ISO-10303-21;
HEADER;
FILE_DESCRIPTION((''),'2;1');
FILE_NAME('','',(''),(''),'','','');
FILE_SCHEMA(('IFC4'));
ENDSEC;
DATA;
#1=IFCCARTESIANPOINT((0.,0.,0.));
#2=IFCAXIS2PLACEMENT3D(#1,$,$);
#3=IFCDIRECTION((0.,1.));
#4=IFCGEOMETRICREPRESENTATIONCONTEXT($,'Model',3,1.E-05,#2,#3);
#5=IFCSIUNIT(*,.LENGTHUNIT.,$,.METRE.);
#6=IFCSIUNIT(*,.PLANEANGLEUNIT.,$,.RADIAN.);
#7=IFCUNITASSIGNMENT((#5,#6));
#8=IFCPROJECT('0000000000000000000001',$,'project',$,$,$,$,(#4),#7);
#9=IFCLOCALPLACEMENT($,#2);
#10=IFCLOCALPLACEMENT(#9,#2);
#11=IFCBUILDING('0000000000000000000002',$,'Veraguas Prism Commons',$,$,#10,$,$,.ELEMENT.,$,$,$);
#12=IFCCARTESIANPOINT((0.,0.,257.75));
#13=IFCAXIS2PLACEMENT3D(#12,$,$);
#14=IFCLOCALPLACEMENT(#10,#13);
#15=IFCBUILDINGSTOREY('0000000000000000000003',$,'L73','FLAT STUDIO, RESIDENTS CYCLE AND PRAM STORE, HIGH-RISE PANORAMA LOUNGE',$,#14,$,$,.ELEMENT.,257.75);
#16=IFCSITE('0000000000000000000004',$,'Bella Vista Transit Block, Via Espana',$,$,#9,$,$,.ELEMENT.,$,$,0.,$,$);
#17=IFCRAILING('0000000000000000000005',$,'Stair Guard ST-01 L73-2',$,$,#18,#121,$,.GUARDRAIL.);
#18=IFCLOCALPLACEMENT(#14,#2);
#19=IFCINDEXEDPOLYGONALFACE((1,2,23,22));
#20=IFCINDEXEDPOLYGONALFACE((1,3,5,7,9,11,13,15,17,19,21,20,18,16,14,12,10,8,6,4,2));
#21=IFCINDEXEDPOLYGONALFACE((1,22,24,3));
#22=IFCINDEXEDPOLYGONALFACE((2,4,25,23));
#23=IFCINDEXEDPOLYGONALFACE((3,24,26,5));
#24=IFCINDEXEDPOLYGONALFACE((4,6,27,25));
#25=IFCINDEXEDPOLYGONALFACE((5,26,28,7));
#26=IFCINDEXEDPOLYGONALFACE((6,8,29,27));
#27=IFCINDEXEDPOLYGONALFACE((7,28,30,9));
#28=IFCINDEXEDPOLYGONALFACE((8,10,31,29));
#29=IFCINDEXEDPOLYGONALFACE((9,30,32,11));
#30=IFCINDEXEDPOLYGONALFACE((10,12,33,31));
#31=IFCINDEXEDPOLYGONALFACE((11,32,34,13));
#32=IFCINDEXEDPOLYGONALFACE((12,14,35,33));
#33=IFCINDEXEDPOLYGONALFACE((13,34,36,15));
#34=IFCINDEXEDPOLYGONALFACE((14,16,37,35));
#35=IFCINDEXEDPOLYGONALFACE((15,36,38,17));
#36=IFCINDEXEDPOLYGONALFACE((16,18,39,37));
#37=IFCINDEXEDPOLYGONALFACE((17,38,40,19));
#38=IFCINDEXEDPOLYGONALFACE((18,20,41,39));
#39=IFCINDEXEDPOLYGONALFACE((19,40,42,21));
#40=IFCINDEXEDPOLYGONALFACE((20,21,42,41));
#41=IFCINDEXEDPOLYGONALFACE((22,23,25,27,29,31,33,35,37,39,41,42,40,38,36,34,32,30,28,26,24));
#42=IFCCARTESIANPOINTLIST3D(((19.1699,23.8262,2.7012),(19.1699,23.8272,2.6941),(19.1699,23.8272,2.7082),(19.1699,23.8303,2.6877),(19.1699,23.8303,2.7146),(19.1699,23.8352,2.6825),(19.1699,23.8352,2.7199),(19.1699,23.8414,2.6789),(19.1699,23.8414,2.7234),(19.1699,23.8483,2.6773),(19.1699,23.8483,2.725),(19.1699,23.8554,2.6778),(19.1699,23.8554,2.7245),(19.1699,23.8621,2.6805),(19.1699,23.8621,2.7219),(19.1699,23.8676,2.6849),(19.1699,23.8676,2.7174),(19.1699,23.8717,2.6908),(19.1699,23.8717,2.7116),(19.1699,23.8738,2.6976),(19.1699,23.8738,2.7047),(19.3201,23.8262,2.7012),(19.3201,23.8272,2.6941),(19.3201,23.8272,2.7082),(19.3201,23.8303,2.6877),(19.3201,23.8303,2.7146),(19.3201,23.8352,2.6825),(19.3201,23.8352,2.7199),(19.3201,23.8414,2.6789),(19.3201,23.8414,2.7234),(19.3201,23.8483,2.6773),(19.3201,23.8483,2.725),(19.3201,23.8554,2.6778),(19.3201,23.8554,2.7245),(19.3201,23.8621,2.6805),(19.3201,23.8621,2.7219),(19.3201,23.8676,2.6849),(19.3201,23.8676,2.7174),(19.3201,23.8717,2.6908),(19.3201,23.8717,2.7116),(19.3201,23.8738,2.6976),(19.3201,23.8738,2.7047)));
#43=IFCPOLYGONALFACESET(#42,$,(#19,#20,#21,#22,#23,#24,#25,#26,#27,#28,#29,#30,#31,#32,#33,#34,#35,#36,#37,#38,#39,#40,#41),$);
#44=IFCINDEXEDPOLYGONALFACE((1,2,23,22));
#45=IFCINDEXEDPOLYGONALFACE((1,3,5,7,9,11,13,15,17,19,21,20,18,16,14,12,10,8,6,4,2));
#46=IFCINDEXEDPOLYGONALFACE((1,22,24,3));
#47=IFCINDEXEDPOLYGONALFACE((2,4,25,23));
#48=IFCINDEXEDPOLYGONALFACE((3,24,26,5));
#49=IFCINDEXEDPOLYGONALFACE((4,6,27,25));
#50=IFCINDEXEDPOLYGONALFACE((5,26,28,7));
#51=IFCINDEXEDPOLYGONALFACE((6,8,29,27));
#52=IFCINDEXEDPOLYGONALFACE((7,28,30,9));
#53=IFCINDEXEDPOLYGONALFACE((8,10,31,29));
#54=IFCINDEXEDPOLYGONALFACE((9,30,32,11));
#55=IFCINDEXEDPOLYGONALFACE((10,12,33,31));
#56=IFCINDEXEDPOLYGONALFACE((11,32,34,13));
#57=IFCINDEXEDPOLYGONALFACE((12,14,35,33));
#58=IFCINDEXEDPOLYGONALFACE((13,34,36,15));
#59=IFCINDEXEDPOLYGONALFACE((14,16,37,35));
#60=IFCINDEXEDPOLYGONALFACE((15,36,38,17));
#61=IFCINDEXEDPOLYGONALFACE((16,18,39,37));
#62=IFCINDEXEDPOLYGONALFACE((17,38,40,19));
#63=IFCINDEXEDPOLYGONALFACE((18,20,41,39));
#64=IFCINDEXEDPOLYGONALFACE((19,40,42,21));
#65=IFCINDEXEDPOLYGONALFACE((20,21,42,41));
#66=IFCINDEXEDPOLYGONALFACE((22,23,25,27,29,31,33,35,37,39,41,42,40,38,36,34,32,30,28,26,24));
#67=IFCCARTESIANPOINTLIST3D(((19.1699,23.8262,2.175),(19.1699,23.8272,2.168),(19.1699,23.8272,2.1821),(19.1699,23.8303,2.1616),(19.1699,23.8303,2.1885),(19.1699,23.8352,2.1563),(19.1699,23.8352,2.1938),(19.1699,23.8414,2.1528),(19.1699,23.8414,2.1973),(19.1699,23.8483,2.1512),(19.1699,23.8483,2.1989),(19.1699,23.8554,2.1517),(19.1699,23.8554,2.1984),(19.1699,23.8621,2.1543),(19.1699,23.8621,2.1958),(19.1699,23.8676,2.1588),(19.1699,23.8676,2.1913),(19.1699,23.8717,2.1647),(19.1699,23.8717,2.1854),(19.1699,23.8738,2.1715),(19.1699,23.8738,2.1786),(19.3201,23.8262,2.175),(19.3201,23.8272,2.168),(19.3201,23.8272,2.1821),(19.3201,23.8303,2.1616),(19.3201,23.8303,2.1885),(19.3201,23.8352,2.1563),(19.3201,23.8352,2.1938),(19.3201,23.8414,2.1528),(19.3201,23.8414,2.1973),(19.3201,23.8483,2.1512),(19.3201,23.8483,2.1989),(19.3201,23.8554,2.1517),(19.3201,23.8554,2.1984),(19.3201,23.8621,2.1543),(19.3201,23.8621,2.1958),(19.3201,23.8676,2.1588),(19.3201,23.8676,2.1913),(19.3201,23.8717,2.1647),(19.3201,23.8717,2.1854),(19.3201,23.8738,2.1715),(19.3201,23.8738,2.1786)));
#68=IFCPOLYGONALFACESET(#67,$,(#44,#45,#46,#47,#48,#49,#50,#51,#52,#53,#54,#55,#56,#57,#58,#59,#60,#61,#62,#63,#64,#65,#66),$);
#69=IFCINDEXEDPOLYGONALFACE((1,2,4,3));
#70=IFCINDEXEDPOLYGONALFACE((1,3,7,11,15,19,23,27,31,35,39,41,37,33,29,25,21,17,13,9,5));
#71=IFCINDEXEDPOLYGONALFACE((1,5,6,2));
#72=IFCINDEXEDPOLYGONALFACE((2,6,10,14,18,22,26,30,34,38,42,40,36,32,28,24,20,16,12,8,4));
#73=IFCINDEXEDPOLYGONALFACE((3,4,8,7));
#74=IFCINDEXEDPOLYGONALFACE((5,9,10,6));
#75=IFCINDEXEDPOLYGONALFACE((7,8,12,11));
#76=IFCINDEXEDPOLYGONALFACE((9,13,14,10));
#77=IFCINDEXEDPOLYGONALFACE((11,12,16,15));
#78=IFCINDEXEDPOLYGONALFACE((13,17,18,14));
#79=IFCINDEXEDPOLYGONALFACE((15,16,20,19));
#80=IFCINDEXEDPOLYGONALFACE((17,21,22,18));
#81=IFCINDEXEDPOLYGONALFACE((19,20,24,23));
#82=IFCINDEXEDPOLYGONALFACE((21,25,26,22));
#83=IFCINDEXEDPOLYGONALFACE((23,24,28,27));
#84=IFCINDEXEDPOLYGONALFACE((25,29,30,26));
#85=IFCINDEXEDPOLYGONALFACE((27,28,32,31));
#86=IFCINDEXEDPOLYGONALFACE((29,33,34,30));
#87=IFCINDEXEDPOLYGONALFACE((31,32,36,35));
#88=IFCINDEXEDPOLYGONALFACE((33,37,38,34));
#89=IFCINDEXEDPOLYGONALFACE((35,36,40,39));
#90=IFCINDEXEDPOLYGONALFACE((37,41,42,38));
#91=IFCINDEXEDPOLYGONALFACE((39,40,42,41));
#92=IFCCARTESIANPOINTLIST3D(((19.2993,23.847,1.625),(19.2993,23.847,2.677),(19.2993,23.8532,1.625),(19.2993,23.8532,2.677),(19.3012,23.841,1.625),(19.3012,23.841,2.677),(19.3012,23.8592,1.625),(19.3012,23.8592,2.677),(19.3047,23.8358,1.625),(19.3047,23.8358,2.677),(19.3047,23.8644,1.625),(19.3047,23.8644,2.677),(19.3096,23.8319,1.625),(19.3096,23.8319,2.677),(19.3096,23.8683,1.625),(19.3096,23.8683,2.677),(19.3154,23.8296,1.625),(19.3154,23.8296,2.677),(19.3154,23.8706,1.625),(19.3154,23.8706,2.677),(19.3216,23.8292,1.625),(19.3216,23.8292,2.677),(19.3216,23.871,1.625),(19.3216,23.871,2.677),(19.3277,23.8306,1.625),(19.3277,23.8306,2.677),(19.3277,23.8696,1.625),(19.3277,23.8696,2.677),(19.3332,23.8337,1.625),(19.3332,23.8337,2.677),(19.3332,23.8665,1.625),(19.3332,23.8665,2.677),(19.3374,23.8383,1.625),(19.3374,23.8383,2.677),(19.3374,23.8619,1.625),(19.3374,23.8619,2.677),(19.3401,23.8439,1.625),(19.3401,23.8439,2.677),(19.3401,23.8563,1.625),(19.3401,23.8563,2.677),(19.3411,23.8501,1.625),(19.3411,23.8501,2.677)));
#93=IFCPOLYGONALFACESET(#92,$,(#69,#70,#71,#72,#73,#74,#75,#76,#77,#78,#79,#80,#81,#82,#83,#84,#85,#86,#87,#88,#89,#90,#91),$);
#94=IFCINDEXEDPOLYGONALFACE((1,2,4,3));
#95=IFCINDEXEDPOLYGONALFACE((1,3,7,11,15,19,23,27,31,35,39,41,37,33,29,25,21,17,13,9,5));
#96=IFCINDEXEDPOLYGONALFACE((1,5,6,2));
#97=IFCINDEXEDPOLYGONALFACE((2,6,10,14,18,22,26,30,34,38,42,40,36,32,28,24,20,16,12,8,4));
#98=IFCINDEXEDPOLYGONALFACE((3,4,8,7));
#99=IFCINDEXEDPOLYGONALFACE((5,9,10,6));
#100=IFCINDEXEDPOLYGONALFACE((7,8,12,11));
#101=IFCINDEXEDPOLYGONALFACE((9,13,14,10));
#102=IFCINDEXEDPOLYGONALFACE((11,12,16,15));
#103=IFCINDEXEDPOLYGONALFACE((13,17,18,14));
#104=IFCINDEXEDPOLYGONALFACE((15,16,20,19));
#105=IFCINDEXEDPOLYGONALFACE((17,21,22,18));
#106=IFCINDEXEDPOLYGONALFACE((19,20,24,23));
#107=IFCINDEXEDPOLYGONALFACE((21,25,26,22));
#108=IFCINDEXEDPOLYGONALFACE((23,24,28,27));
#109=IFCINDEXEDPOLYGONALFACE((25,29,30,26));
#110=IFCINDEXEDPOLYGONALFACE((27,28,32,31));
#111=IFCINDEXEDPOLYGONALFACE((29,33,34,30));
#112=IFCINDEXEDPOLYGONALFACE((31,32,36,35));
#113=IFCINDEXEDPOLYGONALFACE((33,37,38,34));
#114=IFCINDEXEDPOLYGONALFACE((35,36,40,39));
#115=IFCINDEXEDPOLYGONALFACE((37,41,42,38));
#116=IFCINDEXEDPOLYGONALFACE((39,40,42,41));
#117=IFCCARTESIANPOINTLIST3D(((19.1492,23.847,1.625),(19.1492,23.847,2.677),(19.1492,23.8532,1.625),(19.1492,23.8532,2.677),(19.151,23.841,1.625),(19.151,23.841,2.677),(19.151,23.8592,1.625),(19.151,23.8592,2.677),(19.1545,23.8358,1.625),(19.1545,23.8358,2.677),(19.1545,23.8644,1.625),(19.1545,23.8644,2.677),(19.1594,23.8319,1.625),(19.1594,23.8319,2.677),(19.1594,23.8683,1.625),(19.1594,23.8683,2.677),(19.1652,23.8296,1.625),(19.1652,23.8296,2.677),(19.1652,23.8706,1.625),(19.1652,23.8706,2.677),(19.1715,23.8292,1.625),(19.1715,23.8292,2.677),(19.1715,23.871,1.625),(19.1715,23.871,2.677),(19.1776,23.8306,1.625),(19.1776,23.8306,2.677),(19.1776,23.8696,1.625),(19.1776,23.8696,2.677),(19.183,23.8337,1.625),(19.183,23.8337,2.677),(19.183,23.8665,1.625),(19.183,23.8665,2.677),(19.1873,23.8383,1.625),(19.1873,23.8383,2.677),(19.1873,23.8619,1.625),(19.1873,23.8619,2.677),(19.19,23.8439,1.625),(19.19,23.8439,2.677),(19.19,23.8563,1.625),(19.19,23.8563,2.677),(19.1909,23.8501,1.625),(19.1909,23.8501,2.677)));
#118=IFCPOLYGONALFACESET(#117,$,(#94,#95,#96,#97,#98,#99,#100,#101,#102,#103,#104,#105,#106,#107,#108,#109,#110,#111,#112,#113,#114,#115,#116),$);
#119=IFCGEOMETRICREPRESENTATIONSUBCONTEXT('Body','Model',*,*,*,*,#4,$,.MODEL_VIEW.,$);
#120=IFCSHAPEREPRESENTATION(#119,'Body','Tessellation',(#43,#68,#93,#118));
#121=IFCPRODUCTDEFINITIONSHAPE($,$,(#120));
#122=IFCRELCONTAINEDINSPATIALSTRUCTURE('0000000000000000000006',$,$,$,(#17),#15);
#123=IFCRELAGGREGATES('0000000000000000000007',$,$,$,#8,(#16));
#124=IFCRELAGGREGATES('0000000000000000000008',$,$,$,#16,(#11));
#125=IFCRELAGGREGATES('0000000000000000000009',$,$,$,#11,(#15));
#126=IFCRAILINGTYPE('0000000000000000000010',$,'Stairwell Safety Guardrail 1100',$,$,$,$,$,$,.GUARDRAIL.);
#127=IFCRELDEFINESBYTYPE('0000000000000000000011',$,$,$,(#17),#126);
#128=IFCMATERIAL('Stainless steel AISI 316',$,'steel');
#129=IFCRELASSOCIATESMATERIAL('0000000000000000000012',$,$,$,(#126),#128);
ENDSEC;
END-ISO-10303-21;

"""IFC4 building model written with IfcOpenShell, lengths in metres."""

from ifc_helpers import new_model, si_unit, direction, frame, origin, origin_2d, place, context, subcontext, project, spatial, circle, extrude, material, type_object, element, save


model = new_model("IFC4")

# Units and contexts
model_context = context("Model", 3, precision=1e-05, world=origin(), true_north=direction((0.0, 1.0)))
body_context = subcontext(model_context, "Body", "Model", "MODEL_VIEW")
ifc_project = project(units=[si_unit("LENGTHUNIT", "METRE"), si_unit("PLANEANGLEUNIT", "RADIAN")], contexts=[model_context])

# Site, building, storey
site_placement = place(None, origin())
site = spatial("IfcSite", under=ifc_project, at=site_placement, Name="Bella Vista Transit Block, Via Espana", CompositionType="ELEMENT", RefElevation=0.0)
building_placement = place(site_placement, origin())
building = spatial("IfcBuilding", under=site, at=building_placement, Name="Veraguas Prism Commons", CompositionType="ELEMENT")
storey_placement = place(building_placement, frame((0.0, 0.0, 257.75)))
storey = spatial("IfcBuildingStorey", under=building, at=storey_placement, Name="L73", Description="FLAT STUDIO, RESIDENTS CYCLE AND PRAM STORE, HIGH-RISE PANORAMA LOUNGE", CompositionType="ELEMENT", Elevation=257.75)

# Railing
ifc_material_1 = material(Name="Stainless steel AISI 316", Category="steel")
railing_type_1 = type_object("IfcRailingType", Name="Stairwell Safety Guardrail 1100", PredefinedType="GUARDRAIL", material=ifc_material_1)
railing_1_placement = place(storey_placement, frame((19.3201, 23.8501, 1.625)))
element("IfcRailing", 1, at=railing_1_placement, inside=storey, type_object=railing_type_1, Name="Stair Guard ST-01 L73-2", PredefinedType="GUARDRAIL", context=body_context, shape_type="SweptSolid", body=[
    extrude(circle(Radius=0.0239, at=origin_2d()), frame((0.0, 0.0, 1.0762), z_axis=(-1.0, 0.0, 0.0), x_axis=(0.0, -1.0, 0.0)), (0.0, 0.0, 1.0), 0.1501),
    extrude(circle(Radius=0.0239, at=origin_2d()), frame((0.0, 0.0, 0.55), z_axis=(-1.0, 0.0, 0.0), x_axis=(0.0, -1.0, 0.0)), (0.0, 0.0, 1.0), 0.1501),
    extrude(circle(Radius=0.021, at=origin_2d()), origin(), (0.0, 0.0, 1.0), 1.052),
    extrude(circle(Radius=0.021, at=origin_2d()), frame((-0.1501, 0.0, 0.0)), (0.0, 0.0, 1.0), 1.052),
])

save(model, "model.ifc")
